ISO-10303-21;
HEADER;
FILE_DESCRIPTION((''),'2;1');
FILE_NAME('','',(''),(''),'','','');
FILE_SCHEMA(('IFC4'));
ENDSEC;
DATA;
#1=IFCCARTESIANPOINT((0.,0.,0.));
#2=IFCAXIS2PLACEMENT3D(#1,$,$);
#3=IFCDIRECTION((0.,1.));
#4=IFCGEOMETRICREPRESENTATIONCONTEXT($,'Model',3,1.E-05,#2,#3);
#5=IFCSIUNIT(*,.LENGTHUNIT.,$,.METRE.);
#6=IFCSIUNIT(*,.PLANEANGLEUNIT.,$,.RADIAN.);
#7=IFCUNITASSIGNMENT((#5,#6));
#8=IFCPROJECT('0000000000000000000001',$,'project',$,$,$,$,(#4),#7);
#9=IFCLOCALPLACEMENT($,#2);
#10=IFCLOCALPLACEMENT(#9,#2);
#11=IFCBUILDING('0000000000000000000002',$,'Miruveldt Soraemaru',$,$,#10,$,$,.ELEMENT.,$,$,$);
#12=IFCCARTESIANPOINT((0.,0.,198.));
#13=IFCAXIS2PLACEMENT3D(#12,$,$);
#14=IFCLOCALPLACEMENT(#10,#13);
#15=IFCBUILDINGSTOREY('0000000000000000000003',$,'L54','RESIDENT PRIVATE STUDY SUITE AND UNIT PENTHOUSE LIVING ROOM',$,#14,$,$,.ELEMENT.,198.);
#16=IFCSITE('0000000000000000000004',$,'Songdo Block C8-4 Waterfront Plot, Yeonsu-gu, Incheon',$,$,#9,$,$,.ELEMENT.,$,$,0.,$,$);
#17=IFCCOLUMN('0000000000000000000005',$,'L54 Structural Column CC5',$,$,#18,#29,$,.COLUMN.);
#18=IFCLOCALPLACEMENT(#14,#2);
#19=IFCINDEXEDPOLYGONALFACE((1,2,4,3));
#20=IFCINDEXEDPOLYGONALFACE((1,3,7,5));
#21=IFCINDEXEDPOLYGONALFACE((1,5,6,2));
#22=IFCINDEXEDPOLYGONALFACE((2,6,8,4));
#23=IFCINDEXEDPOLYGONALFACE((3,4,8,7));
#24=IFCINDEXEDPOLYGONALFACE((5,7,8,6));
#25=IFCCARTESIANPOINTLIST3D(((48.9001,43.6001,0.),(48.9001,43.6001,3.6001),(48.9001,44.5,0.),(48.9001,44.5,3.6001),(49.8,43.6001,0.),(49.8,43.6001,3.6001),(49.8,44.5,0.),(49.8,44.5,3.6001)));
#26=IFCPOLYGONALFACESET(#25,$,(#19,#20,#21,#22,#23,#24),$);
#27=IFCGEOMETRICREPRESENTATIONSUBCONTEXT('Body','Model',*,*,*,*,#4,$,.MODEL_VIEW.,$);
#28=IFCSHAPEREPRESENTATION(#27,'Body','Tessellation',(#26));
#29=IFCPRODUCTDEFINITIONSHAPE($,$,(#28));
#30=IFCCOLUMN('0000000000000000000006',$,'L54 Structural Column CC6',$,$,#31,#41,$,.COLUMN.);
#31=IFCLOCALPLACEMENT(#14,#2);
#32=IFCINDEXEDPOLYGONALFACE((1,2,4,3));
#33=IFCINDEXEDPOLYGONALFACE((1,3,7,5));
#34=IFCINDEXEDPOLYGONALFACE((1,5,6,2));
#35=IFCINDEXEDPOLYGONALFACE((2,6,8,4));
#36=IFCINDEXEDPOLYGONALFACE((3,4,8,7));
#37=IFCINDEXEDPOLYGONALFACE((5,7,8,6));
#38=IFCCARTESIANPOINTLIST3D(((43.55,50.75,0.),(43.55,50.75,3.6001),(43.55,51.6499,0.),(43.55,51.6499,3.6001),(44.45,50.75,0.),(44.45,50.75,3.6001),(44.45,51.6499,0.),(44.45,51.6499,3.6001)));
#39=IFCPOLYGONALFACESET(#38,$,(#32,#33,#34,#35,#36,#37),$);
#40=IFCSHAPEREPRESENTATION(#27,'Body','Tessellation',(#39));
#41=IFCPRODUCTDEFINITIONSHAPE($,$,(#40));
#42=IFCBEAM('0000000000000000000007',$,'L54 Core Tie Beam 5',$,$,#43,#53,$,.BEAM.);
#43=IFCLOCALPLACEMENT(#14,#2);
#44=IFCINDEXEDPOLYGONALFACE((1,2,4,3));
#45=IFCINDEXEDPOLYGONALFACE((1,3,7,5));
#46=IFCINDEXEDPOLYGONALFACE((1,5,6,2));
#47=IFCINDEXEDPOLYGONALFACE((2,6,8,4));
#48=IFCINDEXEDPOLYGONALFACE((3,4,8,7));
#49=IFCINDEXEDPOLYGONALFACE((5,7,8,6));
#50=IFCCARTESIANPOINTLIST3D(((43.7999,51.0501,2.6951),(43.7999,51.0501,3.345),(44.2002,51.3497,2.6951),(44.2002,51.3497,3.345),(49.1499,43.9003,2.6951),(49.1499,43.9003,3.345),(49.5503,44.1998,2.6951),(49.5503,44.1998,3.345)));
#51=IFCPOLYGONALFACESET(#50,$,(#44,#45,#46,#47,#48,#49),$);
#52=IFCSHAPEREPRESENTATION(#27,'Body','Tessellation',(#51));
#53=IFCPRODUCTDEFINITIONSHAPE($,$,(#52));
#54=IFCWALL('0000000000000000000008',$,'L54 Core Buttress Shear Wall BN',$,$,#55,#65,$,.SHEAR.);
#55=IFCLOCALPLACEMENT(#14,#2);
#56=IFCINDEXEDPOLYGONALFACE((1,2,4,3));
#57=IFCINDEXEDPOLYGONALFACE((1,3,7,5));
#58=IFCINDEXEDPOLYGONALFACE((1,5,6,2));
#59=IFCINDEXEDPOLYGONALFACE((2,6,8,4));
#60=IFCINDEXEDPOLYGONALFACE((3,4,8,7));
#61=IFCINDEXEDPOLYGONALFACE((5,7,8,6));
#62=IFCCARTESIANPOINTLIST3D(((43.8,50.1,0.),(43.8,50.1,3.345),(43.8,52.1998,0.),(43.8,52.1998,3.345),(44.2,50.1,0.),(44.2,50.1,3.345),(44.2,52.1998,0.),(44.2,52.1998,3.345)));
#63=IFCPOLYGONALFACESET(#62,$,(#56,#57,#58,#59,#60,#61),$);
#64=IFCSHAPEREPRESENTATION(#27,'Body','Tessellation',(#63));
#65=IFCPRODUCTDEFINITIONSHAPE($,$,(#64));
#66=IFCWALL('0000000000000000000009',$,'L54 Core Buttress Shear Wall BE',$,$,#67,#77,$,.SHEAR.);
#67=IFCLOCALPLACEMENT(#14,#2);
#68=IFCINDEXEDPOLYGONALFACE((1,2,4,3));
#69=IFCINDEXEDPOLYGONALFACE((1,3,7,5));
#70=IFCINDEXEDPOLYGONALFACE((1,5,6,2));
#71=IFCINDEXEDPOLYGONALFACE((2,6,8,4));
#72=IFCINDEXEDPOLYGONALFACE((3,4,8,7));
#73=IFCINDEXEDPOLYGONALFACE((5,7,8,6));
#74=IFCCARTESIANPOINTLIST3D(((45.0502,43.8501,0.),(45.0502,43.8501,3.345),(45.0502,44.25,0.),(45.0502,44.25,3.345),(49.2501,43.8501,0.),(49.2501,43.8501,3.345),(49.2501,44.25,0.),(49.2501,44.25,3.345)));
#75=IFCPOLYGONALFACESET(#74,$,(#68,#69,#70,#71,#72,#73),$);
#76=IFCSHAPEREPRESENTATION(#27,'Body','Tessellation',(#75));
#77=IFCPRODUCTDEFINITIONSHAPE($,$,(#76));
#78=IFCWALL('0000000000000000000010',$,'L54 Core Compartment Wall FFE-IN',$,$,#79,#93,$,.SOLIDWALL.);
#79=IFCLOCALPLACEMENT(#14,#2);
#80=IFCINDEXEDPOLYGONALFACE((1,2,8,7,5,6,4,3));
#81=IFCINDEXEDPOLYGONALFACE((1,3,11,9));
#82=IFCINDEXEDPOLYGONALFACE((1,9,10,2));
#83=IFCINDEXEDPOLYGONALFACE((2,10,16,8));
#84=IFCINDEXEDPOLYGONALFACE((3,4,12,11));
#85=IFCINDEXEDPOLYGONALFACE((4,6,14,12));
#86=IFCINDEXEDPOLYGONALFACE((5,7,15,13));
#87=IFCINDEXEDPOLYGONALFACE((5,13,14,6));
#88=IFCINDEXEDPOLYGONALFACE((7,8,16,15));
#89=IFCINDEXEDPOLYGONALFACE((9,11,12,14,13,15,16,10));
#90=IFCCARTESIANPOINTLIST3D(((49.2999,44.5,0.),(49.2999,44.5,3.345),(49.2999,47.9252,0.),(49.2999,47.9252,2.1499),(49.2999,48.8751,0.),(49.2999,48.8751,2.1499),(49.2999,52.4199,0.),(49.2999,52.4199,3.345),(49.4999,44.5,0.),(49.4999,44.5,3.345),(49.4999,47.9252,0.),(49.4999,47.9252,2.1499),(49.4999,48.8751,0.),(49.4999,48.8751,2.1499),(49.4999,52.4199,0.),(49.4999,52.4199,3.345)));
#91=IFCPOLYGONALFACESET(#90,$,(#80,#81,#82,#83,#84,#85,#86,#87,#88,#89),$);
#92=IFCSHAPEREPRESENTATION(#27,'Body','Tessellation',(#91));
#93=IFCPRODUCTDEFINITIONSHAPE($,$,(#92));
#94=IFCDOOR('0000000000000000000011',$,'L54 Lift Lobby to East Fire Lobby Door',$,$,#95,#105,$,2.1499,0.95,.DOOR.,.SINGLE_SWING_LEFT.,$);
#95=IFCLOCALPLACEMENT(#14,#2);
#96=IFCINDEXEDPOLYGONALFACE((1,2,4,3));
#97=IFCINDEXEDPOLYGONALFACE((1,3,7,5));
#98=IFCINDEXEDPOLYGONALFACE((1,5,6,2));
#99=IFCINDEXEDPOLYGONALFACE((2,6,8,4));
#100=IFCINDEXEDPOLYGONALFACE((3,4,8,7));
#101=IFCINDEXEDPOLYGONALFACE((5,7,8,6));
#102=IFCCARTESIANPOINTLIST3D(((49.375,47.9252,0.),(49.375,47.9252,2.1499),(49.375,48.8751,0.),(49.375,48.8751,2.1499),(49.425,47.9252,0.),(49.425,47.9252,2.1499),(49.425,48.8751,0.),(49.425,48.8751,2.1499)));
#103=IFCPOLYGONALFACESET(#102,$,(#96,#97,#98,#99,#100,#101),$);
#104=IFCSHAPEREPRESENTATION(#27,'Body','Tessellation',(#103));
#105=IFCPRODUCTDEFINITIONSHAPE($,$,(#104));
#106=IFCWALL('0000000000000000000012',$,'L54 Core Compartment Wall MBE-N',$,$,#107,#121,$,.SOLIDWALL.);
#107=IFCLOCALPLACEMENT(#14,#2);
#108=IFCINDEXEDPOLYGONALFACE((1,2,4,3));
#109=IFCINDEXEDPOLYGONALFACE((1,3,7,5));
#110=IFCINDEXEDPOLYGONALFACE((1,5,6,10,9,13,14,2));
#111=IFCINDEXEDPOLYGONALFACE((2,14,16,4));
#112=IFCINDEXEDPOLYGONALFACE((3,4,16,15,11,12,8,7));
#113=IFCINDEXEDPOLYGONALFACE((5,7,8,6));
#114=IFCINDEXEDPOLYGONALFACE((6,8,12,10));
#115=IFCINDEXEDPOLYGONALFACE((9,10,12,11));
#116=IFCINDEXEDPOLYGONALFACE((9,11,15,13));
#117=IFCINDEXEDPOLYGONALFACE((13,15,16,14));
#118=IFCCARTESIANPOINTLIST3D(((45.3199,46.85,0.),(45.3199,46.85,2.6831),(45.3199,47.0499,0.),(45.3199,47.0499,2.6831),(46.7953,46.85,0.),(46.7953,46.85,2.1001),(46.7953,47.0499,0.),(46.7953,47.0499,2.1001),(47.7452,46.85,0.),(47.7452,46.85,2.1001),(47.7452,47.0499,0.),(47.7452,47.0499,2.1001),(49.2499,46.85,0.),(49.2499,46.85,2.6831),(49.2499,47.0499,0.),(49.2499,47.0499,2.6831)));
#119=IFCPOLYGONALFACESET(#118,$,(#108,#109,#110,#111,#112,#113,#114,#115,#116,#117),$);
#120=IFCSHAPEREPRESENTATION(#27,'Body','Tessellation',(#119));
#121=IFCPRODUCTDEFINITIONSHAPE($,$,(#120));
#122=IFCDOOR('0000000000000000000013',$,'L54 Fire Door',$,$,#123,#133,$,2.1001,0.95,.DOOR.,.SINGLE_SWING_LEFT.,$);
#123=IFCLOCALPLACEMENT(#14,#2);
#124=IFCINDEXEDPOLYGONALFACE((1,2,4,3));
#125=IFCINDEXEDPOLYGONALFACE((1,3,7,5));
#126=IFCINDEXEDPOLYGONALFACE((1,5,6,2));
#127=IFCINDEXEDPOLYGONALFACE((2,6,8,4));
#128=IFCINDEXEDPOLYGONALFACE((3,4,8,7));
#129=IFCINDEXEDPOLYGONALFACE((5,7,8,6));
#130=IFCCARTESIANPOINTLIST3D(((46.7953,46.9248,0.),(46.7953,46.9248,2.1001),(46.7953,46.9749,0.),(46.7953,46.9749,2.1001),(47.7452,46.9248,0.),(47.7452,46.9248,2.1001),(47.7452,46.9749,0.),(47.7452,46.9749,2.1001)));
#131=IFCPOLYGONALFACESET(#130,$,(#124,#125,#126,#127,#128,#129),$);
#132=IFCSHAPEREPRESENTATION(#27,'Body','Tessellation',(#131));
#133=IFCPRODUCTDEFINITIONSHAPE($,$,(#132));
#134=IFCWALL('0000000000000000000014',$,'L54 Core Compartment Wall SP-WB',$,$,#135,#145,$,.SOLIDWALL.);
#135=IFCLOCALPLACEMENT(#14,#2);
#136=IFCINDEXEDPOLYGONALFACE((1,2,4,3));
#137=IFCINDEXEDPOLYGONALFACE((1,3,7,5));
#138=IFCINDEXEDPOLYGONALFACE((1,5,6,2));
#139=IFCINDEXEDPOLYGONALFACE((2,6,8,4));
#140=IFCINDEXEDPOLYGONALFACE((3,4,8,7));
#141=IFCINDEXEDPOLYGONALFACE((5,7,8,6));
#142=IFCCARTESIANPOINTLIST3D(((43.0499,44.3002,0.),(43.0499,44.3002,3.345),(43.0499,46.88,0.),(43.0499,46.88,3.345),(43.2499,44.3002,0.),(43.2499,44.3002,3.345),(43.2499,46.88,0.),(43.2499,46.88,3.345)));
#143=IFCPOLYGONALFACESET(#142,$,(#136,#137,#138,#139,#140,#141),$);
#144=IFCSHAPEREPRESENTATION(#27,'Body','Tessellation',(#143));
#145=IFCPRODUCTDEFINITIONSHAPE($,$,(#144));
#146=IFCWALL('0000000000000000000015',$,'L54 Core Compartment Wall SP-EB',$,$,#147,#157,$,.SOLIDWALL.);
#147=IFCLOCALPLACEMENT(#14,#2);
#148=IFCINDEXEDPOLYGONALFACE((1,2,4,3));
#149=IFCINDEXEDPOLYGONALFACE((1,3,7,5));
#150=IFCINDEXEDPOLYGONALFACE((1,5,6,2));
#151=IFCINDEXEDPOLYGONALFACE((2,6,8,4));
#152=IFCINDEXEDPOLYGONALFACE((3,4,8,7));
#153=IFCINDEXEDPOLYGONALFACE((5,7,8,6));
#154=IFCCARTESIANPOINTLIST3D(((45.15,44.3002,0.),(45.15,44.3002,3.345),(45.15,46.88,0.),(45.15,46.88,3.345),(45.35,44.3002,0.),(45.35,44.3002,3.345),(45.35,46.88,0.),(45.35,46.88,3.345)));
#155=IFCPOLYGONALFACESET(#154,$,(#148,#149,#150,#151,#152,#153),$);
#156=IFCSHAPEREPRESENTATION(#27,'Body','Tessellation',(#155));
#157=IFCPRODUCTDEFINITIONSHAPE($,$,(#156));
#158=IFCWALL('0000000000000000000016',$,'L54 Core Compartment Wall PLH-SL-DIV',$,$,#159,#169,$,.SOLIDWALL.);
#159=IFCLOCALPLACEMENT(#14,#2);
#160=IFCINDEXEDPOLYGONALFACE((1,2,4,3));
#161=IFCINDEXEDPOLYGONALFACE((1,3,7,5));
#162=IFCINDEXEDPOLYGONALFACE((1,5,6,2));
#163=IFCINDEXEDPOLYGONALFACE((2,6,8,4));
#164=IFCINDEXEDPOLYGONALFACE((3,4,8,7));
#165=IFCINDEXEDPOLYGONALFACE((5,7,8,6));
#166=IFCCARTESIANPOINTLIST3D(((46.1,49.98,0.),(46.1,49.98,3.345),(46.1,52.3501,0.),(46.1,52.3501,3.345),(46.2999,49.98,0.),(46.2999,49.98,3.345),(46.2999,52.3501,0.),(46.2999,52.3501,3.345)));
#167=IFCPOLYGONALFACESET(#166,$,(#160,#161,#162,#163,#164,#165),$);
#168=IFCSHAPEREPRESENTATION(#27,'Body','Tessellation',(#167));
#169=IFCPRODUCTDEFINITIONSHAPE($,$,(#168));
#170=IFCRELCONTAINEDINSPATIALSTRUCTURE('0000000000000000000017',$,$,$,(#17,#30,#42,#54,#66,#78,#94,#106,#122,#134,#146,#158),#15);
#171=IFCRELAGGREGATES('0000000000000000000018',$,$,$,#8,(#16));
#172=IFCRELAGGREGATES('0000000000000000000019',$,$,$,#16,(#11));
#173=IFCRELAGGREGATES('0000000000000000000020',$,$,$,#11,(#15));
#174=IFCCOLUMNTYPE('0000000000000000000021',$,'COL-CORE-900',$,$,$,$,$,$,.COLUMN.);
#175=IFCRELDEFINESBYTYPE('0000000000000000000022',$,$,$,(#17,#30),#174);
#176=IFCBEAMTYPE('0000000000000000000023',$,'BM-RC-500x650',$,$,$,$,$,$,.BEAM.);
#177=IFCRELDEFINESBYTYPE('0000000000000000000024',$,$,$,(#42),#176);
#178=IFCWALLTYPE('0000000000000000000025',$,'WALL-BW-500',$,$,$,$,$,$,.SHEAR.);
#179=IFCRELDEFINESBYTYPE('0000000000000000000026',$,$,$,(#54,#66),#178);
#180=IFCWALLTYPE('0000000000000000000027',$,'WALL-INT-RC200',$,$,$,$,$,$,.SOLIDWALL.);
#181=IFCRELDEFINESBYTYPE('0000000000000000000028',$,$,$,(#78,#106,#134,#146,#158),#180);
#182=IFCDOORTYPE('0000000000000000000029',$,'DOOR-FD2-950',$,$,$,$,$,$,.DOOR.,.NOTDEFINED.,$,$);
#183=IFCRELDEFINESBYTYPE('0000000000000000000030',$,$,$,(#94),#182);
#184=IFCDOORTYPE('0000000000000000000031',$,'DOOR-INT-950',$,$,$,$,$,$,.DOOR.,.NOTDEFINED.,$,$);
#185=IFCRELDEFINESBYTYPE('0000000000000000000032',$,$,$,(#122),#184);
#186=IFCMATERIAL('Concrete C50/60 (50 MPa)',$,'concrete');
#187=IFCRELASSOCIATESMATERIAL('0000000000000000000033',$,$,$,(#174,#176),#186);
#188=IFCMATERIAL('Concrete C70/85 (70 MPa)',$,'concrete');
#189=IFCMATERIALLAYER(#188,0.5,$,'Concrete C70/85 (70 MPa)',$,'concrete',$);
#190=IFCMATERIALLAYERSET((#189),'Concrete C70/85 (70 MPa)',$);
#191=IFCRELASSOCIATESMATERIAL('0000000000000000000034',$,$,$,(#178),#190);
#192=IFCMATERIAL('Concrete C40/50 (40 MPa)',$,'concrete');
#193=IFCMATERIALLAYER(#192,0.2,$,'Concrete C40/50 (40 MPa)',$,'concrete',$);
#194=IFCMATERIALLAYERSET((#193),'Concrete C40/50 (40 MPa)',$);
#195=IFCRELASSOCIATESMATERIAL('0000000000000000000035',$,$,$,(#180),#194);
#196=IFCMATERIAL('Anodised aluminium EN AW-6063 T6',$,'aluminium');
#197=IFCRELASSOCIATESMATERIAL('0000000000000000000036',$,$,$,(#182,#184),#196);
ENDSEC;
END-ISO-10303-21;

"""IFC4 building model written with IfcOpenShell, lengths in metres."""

from ifc_helpers import new_model, si_unit, direction, frame, frame_2d, origin, origin_2d, place, context, subcontext, project, spatial, rectangle, extrude, material, layer, layer_set, material_profile, profile_set, type_object, element, fill, save


model = new_model("IFC4")

# Units and contexts
model_context = context("Model", 3, precision=1e-05, world=origin(), true_north=direction((0.0, 1.0)))
body_context = subcontext(model_context, "Body", "Model", "MODEL_VIEW")
ifc_project = project(units=[si_unit("LENGTHUNIT", "METRE"), si_unit("PLANEANGLEUNIT", "RADIAN")], contexts=[model_context])

# Site, building, storey
site_placement = place(None, origin())
site = spatial("IfcSite", under=ifc_project, at=site_placement, Name="Songdo Block C8-4 Waterfront Plot, Yeonsu-gu, Incheon", CompositionType="ELEMENT", RefElevation=0.0)
building_placement = place(site_placement, origin())
building = spatial("IfcBuilding", under=site, at=building_placement, Name="Miruveldt Soraemaru", CompositionType="ELEMENT")
storey_placement = place(building_placement, frame((0.0, 0.0, 198.0)))
storey = spatial("IfcBuildingStorey", under=building, at=storey_placement, Name="L54", Description="RESIDENT PRIVATE STUDY SUITE AND UNIT PENTHOUSE LIVING ROOM", CompositionType="ELEMENT", Elevation=198.0)

# Columns
ifc_material_1 = material(Name="Concrete C50/60 (50 MPa)", Category="concrete")
ifc_material_profile_1 = material_profile(ifc_material_1, rectangle(XDim=0.8999, YDim=0.8999, at=origin_2d()), Name="Concrete C50/60 (50 MPa)", Category="concrete")
ifc_profile_set_1 = profile_set([ifc_material_profile_1], Name="Concrete C50/60 (50 MPa)")
column_type = type_object("IfcColumnType", Name="COL-CORE-900", PredefinedType="COLUMN", material=ifc_profile_set_1)
for number, where, z_axis, x_axis, name in (
    (1, (49.3501, 44.05, 0.0), (0.0, 0.0, 1.0), (1.0, 0.0, 0.0), "L54 Structural Column CC5"),
    (2, (44.0, 51.2, 0.0), (0.0, 0.0, 1.0), (1.0, 0.0, 0.0), "L54 Structural Column CC6"),
):
    element("IfcColumn", number, at=place(storey_placement, frame(where, z_axis=z_axis, x_axis=x_axis)), inside=storey, type_object=column_type, Name=name, PredefinedType="COLUMN", context=body_context, shape_type="SweptSolid", body=[
        extrude(rectangle(XDim=0.8999, YDim=0.8999, at=origin_2d()), origin(), (0.0, 0.0, 1.0), 3.6001),
    ])

# Beam
ifc_material_profile_2 = material_profile(ifc_material_1, rectangle(XDim=0.5, YDim=0.6499, at=origin_2d()), Name="Concrete C50/60 (50 MPa)", Category="concrete")
ifc_profile_set_2 = profile_set([ifc_material_profile_2], Name="Concrete C50/60 (50 MPa)")
beam_type = type_object("IfcBeamType", Name="BM-RC-500x650", PredefinedType="BEAM", material=ifc_profile_set_2)
beam_placement = place(storey_placement, frame((49.3501, 44.05, 3.02), z_axis=(-0.599116, 0.800662, 0.0), x_axis=(-0.800662, -0.599116, 0.0)))
element("IfcBeam", 3, at=beam_placement, inside=storey, type_object=beam_type, Name="L54 Core Tie Beam 5", PredefinedType="BEAM", context=body_context, shape_type="SweptSolid", body=[
    extrude(rectangle(XDim=0.5, YDim=0.6499, at=origin_2d()), origin(), (0.0, 0.0, 1.0), 8.9299),
])

# Walls
ifc_material_2 = material(Name="Concrete C70/85 (70 MPa)", Category="concrete")
ifc_layer_1 = layer(ifc_material_2, 0.5, Name="Concrete C70/85 (70 MPa)", Category="concrete")
ifc_layer_set_1 = layer_set([ifc_layer_1], Name="Concrete C70/85 (70 MPa)")
wall_type_1 = type_object("IfcWallType", Name="WALL-BW-500", PredefinedType="SHEAR", material=ifc_layer_set_1)
wall_1_placement = place(storey_placement, frame((44.0, 50.1001, 0.0), z_axis=(0.0, 0.0, 1.0), x_axis=(0.0, 1.0, 0.0)))
element("IfcWall", 4, at=wall_1_placement, inside=storey, type_object=wall_type_1, Name="L54 Core Buttress Shear Wall BN", PredefinedType="SHEAR", context=body_context, shape_type="SweptSolid", body=[
    extrude(rectangle(XDim=2.0999, YDim=0.3999, at=frame_2d((1.0498, 0.0))), origin(), (0.0, 0.0, 1.0), 3.345),
])
wall_2_placement = place(storey_placement, frame((45.05, 44.05, 0.0), z_axis=(0.0, 0.0, 1.0), x_axis=(1.0, 0.0, 0.0)))
element("IfcWall", 5, at=wall_2_placement, inside=storey, type_object=wall_type_1, Name="L54 Core Buttress Shear Wall BE", PredefinedType="SHEAR", context=body_context, shape_type="SweptSolid", body=[
    extrude(rectangle(XDim=4.2, YDim=0.3999, at=frame_2d((2.1001, 0.0))), origin(), (0.0, 0.0, 1.0), 3.345),
])

# Wall, opening, door
ifc_material_3 = material(Name="Concrete C40/50 (40 MPa)", Category="concrete")
ifc_layer_2 = layer(ifc_material_3, 0.2, Name="Concrete C40/50 (40 MPa)", Category="concrete")
ifc_layer_set_2 = layer_set([ifc_layer_2], Name="Concrete C40/50 (40 MPa)")
wall_type_2 = type_object("IfcWallType", Name="WALL-INT-RC200", PredefinedType="SOLIDWALL", material=ifc_layer_set_2)
wall_3_placement = place(storey_placement, frame((49.3999, 44.5, 0.0), z_axis=(0.0, 0.0, 1.0), x_axis=(0.0, 1.0, 0.0)))
wall_3 = element("IfcWall", 6, at=wall_3_placement, inside=storey, type_object=wall_type_2, Name="L54 Core Compartment Wall FFE-IN", PredefinedType="SOLIDWALL", context=body_context, shape_type="SweptSolid", body=[
    extrude(rectangle(XDim=7.9199, YDim=0.2, at=frame_2d((3.96, 0.0))), origin(), (0.0, 0.0, 1.0), 3.345),
])
opening_1_placement = place(wall_3_placement, frame((3.425, 0.0, 0.0)))
opening_1 = element("IfcOpeningElement", 7, at=opening_1_placement, cuts=wall_3, PredefinedType="OPENING", context=body_context, shape_type="SweptSolid", body=[
    extrude(rectangle(XDim=0.95, YDim=2.1499, at=frame_2d((0.4751, 1.075))), frame((0.0, 0.1099, 0.0), z_axis=(0.0, -1.0, 0.0), x_axis=(1.0, 0.0, 0.0)), (0.0, 0.0, 1.0), 0.22),
])
ifc_material_4 = material(Name="Anodised aluminium EN AW-6063 T6", Category="aluminium")
door_type_1 = type_object("IfcDoorType", Name="DOOR-FD2-950", OperationType="NOTDEFINED", PredefinedType="DOOR", material=ifc_material_4)
door_1_placement = place(opening_1_placement, origin())
door_1 = element("IfcDoor", 8, at=door_1_placement, inside=storey, type_object=door_type_1, Name="L54 Lift Lobby to East Fire Lobby Door", OperationType="SINGLE_SWING_LEFT", OverallHeight=2.1499, OverallWidth=0.95, PredefinedType="DOOR", context=body_context, shape_type="SweptSolid", body=[
    extrude(rectangle(XDim=0.95, YDim=2.1499, at=frame_2d((0.4751, 1.075))), frame((0.0, 0.0249, 0.0), z_axis=(0.0, -1.0, 0.0), x_axis=(1.0, 0.0, 0.0)), (0.0, 0.0, 1.0), 0.05),
])
fill(opening_1, door_1)

# Wall, opening, door
wall_4_placement = place(storey_placement, frame((45.3201, 46.95, 0.0), z_axis=(0.0, 0.0, 1.0), x_axis=(1.0, 0.0, 0.0)))
wall_4 = element("IfcWall", 9, at=wall_4_placement, inside=storey, type_object=wall_type_2, Name="L54 Core Compartment Wall MBE-N", PredefinedType="SOLIDWALL", context=body_context, shape_type="SweptSolid", body=[
    extrude(rectangle(XDim=3.9299, YDim=0.2, at=frame_2d((1.9648, 0.0))), origin(), (0.0, 0.0, 1.0), 2.6831),
])
opening_2_placement = place(wall_4_placement, frame((1.4751, 0.0, 0.0)))
opening_2 = element("IfcOpeningElement", 10, at=opening_2_placement, cuts=wall_4, PredefinedType="OPENING", context=body_context, shape_type="SweptSolid", body=[
    extrude(rectangle(XDim=0.95, YDim=2.1001, at=frame_2d((0.4751, 1.05))), frame((0.0, 0.1099, 0.0), z_axis=(0.0, -1.0, 0.0), x_axis=(1.0, 0.0, 0.0)), (0.0, 0.0, 1.0), 0.22),
])
door_type_2 = type_object("IfcDoorType", Name="DOOR-INT-950", OperationType="NOTDEFINED", PredefinedType="DOOR", material=ifc_material_4)
door_2_placement = place(opening_2_placement, origin())
door_2 = element("IfcDoor", 11, at=door_2_placement, inside=storey, type_object=door_type_2, Name="L54 Fire Door", OperationType="SINGLE_SWING_LEFT", OverallHeight=2.1001, OverallWidth=0.95, PredefinedType="DOOR", context=body_context, shape_type="SweptSolid", body=[
    extrude(rectangle(XDim=0.95, YDim=2.1001, at=frame_2d((0.4751, 1.05))), frame((0.0, 0.0249, 0.0), z_axis=(0.0, -1.0, 0.0), x_axis=(1.0, 0.0, 0.0)), (0.0, 0.0, 1.0), 0.05),
])
fill(opening_2, door_2)

# Walls
for number, where, z_axis, x_axis, name in (
    (12, (43.1499, 44.3, 0.0), (0.0, 0.0, 1.0), (0.0, 1.0, 0.0), "L54 Core Compartment Wall SP-WB"),
    (13, (45.25, 44.3, 0.0), (0.0, 0.0, 1.0), (0.0, 1.0, 0.0), "L54 Core Compartment Wall SP-EB"),
):
    element("IfcWall", number, at=place(storey_placement, frame(where, z_axis=z_axis, x_axis=x_axis)), inside=storey, type_object=wall_type_2, Name=name, PredefinedType="SOLIDWALL", context=body_context, shape_type="SweptSolid", body=[
        extrude(rectangle(XDim=2.5798, YDim=0.2, at=frame_2d((1.29, 0.0))), origin(), (0.0, 0.0, 1.0), 3.345),
    ])
wall_5_placement = place(storey_placement, frame((46.2, 49.98, 0.0), z_axis=(0.0, 0.0, 1.0), x_axis=(0.0, 1.0, 0.0)))
element("IfcWall", 14, at=wall_5_placement, inside=storey, type_object=wall_type_2, Name="L54 Core Compartment Wall PLH-SL-DIV", PredefinedType="SOLIDWALL", context=body_context, shape_type="SweptSolid", body=[
    extrude(rectangle(XDim=2.3701, YDim=0.2, at=frame_2d((1.1851, 0.0))), origin(), (0.0, 0.0, 1.0), 3.345),
])

save(model, "model.ifc")
